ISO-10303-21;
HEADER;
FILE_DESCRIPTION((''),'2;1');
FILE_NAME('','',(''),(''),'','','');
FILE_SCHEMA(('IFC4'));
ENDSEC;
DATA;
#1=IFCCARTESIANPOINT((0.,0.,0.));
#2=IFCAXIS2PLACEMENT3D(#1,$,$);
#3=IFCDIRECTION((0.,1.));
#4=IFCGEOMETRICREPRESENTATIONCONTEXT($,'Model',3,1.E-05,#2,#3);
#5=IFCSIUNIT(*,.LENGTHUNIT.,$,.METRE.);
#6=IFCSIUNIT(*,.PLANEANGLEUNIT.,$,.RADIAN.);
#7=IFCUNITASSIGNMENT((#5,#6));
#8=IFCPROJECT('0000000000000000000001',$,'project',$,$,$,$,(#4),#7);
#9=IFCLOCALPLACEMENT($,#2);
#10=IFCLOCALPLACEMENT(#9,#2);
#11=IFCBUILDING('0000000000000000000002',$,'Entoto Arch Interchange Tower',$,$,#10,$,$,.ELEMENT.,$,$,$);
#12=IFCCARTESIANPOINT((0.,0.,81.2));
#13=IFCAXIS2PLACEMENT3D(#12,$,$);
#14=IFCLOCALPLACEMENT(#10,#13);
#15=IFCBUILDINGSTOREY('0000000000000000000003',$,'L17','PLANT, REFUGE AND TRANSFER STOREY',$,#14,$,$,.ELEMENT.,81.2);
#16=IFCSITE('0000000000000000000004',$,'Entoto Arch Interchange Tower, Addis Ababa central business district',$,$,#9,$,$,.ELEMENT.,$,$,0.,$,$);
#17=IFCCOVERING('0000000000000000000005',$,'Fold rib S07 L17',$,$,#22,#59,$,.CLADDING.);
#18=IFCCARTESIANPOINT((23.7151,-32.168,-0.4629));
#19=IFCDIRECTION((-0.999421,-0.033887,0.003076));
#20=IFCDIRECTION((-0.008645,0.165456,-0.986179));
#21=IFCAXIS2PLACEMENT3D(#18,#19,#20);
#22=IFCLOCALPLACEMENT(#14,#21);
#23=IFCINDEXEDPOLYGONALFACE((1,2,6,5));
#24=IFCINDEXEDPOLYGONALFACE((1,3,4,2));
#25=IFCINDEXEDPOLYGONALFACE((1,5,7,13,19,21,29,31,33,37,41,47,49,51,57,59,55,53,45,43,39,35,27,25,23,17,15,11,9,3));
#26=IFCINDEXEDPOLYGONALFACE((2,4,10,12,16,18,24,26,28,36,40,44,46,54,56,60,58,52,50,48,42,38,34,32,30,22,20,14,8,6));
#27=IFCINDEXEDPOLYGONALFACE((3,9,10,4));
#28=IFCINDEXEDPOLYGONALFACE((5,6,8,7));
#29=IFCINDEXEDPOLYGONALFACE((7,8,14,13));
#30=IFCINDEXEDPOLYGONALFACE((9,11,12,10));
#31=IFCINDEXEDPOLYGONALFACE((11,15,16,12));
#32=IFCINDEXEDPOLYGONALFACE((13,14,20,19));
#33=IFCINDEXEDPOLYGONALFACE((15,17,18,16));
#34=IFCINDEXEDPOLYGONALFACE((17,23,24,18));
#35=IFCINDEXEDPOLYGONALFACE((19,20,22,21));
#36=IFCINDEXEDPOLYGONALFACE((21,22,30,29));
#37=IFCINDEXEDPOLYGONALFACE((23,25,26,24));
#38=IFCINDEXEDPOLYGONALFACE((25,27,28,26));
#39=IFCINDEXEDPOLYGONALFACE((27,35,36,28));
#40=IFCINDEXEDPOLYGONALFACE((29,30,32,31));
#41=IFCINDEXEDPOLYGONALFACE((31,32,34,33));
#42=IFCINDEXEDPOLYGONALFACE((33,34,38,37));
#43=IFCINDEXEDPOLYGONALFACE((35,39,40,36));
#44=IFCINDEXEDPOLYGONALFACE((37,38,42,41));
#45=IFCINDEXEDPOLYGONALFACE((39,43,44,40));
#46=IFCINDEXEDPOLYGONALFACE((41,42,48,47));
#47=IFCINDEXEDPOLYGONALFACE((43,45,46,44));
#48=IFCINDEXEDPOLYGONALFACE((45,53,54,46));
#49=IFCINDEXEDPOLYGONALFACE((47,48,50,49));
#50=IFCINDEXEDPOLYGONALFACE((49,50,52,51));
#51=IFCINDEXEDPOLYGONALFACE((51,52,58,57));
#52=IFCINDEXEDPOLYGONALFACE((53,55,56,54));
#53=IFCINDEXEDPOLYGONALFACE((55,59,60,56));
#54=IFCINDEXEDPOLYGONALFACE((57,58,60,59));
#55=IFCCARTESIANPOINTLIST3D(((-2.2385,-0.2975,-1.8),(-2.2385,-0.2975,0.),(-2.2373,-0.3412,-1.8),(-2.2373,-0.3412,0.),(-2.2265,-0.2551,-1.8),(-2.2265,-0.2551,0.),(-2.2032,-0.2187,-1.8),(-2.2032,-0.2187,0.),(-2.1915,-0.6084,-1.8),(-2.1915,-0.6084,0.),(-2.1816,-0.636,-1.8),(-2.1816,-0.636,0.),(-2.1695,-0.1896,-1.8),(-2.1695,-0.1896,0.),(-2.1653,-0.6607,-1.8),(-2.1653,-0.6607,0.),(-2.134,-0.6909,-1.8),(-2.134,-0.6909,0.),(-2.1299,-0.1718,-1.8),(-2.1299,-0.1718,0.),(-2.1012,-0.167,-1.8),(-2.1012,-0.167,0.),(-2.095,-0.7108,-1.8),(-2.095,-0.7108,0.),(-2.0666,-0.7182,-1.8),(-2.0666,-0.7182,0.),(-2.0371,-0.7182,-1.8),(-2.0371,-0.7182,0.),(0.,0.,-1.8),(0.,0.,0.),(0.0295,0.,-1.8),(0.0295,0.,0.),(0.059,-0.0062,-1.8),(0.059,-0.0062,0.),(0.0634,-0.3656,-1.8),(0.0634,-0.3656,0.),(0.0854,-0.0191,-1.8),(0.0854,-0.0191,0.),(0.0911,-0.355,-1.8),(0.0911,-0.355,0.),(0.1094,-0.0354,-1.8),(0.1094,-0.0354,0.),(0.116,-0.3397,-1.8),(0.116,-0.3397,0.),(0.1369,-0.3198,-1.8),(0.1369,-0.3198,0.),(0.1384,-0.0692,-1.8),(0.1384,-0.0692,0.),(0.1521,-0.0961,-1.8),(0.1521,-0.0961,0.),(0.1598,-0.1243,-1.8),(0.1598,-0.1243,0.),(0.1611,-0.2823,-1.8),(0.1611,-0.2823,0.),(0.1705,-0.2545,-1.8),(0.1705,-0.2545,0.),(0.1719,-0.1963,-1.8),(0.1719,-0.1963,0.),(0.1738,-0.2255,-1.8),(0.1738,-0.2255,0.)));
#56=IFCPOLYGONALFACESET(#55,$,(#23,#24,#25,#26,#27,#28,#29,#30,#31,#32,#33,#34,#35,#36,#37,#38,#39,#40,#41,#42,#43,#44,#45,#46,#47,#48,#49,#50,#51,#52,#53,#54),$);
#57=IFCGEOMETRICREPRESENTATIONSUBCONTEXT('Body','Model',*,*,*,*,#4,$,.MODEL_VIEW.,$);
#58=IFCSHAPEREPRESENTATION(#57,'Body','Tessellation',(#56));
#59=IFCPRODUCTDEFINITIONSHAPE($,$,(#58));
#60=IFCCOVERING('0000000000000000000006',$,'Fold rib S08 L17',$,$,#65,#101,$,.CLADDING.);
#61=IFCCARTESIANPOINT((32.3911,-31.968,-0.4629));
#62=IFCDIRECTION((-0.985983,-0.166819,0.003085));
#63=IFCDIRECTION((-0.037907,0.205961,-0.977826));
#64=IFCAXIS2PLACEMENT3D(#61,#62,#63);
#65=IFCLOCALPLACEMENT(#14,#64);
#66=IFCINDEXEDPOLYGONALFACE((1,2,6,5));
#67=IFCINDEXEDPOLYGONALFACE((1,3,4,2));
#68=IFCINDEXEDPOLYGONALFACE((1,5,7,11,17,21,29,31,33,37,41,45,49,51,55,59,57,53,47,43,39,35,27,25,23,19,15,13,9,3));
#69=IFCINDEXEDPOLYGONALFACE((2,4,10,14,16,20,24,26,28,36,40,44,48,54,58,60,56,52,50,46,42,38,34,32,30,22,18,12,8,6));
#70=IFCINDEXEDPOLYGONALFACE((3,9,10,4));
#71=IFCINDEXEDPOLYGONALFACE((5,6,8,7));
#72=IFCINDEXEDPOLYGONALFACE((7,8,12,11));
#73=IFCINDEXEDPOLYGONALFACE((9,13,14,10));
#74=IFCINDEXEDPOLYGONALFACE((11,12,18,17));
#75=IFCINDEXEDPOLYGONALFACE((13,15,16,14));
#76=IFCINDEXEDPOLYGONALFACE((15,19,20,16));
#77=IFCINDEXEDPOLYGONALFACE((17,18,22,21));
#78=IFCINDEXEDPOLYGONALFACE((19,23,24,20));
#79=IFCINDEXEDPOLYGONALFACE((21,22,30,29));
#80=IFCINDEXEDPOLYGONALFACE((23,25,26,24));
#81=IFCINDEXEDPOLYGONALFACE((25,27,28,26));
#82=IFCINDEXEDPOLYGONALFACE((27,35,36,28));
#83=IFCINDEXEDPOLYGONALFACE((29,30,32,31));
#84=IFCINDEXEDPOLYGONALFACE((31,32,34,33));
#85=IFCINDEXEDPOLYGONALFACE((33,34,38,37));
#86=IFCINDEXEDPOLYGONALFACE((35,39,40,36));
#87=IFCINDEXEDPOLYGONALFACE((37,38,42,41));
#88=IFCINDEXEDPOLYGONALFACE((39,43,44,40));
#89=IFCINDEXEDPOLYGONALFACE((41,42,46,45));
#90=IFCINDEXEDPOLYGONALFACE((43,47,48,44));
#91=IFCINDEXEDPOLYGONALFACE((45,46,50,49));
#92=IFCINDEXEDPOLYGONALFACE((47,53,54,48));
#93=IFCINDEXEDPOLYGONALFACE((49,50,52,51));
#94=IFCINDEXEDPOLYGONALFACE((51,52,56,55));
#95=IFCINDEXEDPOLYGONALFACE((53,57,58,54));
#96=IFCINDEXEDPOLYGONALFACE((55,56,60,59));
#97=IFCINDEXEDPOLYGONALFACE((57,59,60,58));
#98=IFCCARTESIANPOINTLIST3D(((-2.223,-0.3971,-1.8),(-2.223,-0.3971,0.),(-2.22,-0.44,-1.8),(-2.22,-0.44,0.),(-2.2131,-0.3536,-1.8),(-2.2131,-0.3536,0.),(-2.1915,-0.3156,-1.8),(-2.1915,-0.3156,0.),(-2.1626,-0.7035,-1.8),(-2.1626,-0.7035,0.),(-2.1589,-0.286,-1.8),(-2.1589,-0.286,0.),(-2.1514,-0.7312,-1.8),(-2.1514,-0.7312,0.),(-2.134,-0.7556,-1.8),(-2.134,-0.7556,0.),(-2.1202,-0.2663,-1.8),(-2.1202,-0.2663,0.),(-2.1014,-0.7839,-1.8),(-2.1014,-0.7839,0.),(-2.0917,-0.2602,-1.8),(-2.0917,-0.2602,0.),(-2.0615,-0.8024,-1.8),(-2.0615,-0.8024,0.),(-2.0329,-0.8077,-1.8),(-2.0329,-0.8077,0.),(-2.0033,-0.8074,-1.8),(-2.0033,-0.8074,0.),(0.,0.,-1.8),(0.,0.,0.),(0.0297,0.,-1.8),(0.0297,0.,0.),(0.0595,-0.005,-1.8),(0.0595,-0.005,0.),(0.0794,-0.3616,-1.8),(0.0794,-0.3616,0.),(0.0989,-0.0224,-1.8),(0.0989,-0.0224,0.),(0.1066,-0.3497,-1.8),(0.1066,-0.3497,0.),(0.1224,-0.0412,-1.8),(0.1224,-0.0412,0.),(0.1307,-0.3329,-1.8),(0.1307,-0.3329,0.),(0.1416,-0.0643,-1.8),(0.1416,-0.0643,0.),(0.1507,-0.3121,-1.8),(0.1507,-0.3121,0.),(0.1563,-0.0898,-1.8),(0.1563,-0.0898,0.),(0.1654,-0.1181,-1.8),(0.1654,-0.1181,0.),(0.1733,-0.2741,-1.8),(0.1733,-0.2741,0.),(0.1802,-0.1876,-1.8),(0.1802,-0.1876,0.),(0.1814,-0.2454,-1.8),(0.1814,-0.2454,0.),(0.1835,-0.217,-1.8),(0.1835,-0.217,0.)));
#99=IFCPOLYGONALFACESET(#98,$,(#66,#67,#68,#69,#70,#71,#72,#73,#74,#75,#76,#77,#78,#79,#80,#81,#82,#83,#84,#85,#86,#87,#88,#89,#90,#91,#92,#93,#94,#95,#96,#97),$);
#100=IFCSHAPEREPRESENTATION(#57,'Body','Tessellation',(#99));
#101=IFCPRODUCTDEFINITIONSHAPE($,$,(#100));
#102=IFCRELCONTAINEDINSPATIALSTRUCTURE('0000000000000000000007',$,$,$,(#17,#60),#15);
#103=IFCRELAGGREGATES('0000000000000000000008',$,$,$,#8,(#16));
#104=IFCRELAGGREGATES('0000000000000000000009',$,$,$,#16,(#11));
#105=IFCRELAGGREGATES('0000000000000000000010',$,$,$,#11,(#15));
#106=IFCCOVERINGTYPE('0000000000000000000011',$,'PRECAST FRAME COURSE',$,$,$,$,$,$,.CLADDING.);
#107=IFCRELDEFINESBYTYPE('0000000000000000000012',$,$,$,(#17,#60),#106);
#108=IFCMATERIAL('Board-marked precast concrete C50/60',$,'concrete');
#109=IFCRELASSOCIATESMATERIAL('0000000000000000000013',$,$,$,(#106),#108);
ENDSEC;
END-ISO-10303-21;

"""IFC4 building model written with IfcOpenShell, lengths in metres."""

from ifc_helpers import new_model, si_unit, direction, frame, origin, place, context, subcontext, project, spatial, polyline, outline, extrude, material, type_object, element, save


model = new_model("IFC4")

# Units and contexts
model_context = context("Model", 3, precision=1e-05, world=origin(), true_north=direction((0.0, 1.0)))
body_context = subcontext(model_context, "Body", "Model", "MODEL_VIEW")
ifc_project = project(units=[si_unit("LENGTHUNIT", "METRE"), si_unit("PLANEANGLEUNIT", "RADIAN")], contexts=[model_context])

# Site, building, storey
site_placement = place(None, origin())
site = spatial("IfcSite", under=ifc_project, at=site_placement, Name="Entoto Arch Interchange Tower, Addis Ababa central business district", CompositionType="ELEMENT", RefElevation=0.0)
building_placement = place(site_placement, origin())
building = spatial("IfcBuilding", under=site, at=building_placement, Name="Entoto Arch Interchange Tower", CompositionType="ELEMENT")
storey_placement = place(building_placement, frame((0.0, 0.0, 81.2)))
storey = spatial("IfcBuildingStorey", under=building, at=storey_placement, Name="L17", Description="PLANT, REFUGE AND TRANSFER STOREY", CompositionType="ELEMENT", Elevation=81.2)

# Shared definitions
ifc_material_1 = material(Name="Board-marked precast concrete C50/60", Category="concrete")

# Coverings
covering_type = type_object("IfcCoveringType", Name="PRECAST FRAME COURSE", PredefinedType="CLADDING", material=ifc_material_1)
covering_1_placement = place(storey_placement, frame((23.7151, -32.168, -0.4629), z_axis=(-0.999421, -0.033887, 0.003076), x_axis=(-0.008645, 0.165456, -0.986179)))
element("IfcCovering", 1, at=covering_1_placement, inside=storey, type_object=covering_type, Name="Fold rib S07 L17", PredefinedType="CLADDING", context=body_context, shape_type="SweptSolid", body=[
    extrude(outline(polyline([(0.0, 0.0), (0.0295, 0.0), (0.059, -0.0062), (0.0854, -0.0191), (0.1094, -0.0354), (0.1384, -0.0692), (0.1521, -0.0961), (0.1598, -0.1243), (0.1719, -0.1963), (0.1738, -0.2255), (0.1705, -0.2545), (0.1611, -0.2823), (0.1369, -0.3198), (0.116, -0.3397), (0.0911, -0.355), (0.0634, -0.3656), (-2.0371, -0.7182), (-2.0666, -0.7182), (-2.095, -0.7108), (-2.134, -0.6909), (-2.1653, -0.6607), (-2.1816, -0.636), (-2.1915, -0.6084), (-2.2373, -0.3412), (-2.2385, -0.2975), (-2.2265, -0.2551), (-2.2032, -0.2187), (-2.1695, -0.1896), (-2.1299, -0.1718), (-2.1012, -0.167), (0.0, 0.0)])), origin(), (0.0, 0.0, -1.0), 1.8),
])
covering_2_placement = place(storey_placement, frame((32.3911, -31.968, -0.4629), z_axis=(-0.985983, -0.166819, 0.003085), x_axis=(-0.037907, 0.205961, -0.977826)))
element("IfcCovering", 2, at=covering_2_placement, inside=storey, type_object=covering_type, Name="Fold rib S08 L17", PredefinedType="CLADDING", context=body_context, shape_type="SweptSolid", body=[
    extrude(outline(polyline([(0.0, 0.0), (0.0297, 0.0), (0.0595, -0.005), (0.0989, -0.0224), (0.1224, -0.0412), (0.1416, -0.0643), (0.1563, -0.0898), (0.1654, -0.1181), (0.1802, -0.1876), (0.1835, -0.217), (0.1814, -0.2454), (0.1733, -0.2741), (0.1507, -0.3121), (0.1307, -0.3329), (0.1066, -0.3497), (0.0794, -0.3616), (-2.0033, -0.8074), (-2.0329, -0.8077), (-2.0615, -0.8024), (-2.1014, -0.7839), (-2.134, -0.7556), (-2.1514, -0.7312), (-2.1626, -0.7035), (-2.22, -0.44), (-2.223, -0.3971), (-2.2131, -0.3536), (-2.1915, -0.3156), (-2.1589, -0.286), (-2.1202, -0.2663), (-2.0917, -0.2602), (0.0, 0.0)])), origin(), (0.0, 0.0, -1.0), 1.8),
])

save(model, "model.ifc")
